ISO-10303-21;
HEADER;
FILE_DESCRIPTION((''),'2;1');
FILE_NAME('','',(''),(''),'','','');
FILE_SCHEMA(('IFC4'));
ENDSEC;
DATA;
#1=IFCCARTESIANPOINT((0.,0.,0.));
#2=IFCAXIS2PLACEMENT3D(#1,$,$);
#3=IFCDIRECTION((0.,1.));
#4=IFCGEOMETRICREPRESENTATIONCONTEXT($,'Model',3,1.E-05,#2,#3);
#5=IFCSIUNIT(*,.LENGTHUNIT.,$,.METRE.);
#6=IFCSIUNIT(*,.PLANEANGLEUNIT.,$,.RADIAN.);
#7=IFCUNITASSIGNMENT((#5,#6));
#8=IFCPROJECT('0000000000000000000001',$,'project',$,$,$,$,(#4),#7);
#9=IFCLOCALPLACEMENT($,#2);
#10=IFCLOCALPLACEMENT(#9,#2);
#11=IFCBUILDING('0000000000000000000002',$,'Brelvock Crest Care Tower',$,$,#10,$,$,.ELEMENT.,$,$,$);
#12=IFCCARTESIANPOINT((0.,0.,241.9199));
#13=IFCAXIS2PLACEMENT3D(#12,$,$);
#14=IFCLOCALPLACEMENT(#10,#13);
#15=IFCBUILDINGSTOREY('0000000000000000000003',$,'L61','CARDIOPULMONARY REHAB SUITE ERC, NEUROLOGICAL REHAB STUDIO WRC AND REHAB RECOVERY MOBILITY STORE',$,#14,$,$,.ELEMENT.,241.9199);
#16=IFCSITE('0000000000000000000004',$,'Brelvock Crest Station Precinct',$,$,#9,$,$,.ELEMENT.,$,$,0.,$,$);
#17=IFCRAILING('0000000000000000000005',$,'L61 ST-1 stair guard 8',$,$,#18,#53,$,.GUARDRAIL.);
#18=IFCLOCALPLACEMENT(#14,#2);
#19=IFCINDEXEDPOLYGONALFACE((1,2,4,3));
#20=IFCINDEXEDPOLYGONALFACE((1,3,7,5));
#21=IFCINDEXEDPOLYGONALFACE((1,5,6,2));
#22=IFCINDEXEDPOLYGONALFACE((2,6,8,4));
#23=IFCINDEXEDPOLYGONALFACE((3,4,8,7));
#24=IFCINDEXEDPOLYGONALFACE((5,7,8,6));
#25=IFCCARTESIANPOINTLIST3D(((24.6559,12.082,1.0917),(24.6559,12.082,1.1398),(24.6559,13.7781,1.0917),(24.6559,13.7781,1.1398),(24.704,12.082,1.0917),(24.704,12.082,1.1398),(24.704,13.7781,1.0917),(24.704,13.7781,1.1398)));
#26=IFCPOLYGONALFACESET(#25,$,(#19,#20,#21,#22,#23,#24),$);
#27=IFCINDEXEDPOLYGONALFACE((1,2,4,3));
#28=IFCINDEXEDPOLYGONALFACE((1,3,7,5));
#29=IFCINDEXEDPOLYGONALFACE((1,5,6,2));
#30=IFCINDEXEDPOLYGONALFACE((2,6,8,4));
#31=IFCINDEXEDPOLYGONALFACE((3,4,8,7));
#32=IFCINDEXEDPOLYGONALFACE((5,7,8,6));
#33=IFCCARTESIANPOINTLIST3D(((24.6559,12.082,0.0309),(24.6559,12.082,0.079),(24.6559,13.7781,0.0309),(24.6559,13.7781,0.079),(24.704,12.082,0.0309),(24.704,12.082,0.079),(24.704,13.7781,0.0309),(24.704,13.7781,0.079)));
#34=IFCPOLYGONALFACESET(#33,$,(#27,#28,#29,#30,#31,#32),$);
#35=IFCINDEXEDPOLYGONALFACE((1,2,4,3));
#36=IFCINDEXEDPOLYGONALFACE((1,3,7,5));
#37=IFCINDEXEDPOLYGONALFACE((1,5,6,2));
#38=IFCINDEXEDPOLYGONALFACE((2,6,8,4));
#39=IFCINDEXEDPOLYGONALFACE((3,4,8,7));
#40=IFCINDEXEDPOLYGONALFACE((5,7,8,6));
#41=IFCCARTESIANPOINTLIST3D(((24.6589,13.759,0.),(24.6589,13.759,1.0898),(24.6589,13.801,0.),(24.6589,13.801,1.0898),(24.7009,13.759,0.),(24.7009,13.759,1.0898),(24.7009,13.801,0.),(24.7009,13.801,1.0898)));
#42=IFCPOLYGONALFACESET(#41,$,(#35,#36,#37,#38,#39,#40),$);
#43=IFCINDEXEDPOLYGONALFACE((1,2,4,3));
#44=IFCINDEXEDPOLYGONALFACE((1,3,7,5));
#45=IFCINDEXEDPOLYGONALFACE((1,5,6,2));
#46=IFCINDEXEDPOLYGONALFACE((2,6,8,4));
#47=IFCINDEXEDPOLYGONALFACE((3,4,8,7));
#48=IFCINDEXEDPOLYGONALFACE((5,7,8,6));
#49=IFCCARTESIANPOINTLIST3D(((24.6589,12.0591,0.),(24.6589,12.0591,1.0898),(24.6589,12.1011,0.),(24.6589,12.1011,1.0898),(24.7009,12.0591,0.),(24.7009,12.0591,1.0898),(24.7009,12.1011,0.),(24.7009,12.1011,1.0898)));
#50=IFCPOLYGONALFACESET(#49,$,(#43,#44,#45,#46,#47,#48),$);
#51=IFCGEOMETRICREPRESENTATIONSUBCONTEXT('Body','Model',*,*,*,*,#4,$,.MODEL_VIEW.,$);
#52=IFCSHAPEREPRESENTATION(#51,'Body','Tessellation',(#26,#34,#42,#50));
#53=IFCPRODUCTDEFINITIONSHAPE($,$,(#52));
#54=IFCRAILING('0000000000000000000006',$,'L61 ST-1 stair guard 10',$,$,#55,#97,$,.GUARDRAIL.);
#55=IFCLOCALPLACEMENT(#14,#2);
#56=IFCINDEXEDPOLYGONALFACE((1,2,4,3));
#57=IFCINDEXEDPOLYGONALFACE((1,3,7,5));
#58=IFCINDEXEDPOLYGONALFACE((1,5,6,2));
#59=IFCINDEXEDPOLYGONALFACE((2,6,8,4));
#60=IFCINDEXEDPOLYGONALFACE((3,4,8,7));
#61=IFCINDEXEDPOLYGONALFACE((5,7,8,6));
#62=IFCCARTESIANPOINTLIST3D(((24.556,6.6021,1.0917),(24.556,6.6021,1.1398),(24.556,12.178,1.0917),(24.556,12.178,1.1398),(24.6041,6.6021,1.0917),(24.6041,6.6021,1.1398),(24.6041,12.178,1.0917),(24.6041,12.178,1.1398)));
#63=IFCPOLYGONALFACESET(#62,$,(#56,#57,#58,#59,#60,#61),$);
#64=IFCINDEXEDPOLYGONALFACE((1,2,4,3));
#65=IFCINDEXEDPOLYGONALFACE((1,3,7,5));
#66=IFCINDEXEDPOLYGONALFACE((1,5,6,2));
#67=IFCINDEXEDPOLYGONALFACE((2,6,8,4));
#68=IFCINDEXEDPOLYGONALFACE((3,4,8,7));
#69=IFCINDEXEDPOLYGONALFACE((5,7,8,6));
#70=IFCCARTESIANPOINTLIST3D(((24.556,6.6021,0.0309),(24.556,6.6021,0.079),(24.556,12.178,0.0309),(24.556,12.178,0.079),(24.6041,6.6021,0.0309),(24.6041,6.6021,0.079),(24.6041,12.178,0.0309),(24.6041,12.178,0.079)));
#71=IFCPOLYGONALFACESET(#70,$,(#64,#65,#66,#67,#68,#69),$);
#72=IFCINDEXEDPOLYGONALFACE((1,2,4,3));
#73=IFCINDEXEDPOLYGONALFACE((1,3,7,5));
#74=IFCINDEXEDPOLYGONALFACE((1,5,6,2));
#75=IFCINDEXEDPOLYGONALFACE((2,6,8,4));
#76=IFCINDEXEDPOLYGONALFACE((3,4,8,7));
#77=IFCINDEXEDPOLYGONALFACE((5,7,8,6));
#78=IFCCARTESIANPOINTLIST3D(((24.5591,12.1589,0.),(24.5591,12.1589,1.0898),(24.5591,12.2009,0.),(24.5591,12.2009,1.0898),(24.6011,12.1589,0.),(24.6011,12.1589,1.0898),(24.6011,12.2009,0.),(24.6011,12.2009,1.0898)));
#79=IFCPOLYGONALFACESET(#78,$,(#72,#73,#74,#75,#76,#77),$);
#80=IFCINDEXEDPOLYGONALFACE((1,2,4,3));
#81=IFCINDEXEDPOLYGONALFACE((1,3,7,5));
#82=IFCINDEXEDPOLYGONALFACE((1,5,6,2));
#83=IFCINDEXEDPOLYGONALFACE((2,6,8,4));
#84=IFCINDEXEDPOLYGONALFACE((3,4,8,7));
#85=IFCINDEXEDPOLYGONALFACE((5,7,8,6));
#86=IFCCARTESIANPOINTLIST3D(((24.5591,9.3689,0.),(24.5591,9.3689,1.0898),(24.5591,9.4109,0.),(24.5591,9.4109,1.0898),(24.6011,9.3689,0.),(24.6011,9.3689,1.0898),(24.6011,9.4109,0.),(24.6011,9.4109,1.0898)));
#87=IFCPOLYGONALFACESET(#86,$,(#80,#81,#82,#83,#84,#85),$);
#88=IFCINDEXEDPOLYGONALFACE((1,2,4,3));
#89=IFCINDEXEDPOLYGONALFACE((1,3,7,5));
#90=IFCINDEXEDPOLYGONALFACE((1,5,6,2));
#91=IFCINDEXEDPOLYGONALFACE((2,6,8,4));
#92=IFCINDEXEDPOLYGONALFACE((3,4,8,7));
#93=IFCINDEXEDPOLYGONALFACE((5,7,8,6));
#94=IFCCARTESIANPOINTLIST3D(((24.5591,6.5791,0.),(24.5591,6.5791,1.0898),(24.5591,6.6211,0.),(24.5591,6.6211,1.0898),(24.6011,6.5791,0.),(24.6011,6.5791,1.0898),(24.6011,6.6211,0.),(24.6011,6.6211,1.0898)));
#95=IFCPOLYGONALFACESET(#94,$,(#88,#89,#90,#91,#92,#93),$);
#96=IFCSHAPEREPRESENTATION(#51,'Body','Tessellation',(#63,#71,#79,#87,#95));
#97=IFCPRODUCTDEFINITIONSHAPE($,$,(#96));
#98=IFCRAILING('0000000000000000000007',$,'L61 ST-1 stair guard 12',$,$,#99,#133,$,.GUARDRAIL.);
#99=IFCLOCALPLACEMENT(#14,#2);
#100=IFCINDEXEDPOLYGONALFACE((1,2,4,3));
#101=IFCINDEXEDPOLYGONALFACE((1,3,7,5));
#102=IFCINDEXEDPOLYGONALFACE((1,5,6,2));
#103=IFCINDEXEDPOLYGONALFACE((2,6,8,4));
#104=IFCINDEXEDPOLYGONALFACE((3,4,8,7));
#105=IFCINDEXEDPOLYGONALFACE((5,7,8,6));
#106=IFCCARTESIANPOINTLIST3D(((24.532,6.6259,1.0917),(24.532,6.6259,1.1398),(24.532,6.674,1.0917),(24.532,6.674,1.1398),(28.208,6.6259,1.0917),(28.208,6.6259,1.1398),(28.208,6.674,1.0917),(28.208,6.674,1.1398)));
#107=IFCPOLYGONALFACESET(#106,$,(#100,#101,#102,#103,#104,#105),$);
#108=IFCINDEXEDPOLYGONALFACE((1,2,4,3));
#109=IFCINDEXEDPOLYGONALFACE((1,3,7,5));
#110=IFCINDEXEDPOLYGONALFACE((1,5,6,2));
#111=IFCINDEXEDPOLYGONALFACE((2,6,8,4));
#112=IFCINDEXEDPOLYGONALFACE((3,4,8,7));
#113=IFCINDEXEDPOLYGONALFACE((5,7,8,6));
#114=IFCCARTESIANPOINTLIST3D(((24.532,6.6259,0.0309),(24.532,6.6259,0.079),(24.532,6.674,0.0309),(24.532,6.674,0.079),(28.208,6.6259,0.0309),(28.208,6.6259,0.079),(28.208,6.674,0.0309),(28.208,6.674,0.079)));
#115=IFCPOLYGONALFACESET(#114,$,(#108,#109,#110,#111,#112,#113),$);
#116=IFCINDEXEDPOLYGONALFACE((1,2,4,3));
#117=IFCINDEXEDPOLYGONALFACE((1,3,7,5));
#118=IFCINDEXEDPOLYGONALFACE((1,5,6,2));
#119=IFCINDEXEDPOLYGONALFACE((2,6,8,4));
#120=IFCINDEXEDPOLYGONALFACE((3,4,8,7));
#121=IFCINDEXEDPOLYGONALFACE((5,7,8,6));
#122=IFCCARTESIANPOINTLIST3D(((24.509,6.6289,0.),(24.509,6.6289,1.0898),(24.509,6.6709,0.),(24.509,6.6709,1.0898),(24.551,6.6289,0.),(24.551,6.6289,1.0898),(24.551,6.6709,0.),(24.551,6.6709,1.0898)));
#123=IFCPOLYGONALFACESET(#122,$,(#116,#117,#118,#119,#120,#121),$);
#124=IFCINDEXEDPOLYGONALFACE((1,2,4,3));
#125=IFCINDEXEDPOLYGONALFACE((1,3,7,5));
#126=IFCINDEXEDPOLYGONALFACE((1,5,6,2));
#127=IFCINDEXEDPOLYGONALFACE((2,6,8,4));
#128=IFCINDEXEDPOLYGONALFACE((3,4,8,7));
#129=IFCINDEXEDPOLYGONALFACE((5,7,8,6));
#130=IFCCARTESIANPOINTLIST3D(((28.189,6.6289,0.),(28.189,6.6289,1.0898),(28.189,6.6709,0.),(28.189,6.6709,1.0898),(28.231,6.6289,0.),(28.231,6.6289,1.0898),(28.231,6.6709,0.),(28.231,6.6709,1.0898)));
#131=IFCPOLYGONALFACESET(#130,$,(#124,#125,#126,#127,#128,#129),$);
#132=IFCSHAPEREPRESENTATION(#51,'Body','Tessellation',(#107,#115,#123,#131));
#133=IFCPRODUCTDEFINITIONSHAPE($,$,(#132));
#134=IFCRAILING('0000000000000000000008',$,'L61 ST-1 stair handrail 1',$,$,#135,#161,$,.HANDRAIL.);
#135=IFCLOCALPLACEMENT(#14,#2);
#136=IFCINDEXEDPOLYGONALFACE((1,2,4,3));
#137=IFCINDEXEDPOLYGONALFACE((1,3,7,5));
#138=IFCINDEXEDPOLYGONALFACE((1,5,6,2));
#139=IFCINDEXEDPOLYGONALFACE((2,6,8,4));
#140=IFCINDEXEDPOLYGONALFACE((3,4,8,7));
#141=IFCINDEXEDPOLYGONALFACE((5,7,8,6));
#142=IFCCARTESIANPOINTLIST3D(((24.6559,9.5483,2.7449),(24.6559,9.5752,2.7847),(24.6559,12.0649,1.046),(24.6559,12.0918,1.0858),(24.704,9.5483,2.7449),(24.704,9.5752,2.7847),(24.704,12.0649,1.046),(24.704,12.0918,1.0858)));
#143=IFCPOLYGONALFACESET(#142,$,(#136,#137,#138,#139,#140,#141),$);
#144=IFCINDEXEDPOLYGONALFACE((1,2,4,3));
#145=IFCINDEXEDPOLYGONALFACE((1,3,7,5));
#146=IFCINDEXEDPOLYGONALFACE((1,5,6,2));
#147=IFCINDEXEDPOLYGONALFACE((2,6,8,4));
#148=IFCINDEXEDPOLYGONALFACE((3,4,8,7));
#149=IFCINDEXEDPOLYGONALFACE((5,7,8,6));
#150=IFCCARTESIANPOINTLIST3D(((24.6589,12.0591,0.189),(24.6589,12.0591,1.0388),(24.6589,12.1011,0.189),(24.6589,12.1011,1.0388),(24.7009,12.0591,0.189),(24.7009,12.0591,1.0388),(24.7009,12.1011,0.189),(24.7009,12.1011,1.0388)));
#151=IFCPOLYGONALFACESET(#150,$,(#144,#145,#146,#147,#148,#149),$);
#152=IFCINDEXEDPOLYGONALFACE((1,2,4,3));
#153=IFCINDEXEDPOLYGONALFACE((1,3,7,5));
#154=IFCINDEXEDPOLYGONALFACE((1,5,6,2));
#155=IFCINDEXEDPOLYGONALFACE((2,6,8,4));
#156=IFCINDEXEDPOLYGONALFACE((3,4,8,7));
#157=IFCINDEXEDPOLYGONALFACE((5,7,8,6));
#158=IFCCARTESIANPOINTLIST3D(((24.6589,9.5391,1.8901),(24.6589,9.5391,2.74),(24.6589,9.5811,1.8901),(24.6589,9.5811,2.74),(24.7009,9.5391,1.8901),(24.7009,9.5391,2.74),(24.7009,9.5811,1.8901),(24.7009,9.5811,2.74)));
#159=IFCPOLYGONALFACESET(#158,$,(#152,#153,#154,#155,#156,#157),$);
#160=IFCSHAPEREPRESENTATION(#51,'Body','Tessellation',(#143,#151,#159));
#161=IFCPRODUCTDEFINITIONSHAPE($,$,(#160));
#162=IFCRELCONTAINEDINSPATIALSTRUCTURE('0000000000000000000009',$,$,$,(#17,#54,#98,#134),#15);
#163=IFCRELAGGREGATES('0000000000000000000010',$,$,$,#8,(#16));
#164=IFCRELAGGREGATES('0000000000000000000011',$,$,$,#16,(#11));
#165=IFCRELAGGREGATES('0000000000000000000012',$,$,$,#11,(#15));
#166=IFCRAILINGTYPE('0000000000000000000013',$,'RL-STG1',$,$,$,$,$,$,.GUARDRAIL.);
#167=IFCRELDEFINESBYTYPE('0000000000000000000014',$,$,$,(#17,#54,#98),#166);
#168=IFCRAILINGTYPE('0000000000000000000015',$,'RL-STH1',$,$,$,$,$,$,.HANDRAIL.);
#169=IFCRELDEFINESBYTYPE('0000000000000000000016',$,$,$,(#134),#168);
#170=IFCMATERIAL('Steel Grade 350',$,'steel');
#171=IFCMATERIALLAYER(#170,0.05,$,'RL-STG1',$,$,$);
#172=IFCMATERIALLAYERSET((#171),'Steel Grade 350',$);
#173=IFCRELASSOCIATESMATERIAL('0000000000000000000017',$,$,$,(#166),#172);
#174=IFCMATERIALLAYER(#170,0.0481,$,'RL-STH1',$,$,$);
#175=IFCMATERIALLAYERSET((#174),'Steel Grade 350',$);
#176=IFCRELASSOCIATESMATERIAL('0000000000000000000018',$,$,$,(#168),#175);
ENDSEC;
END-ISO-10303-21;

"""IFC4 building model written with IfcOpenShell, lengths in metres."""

from ifc_helpers import new_model, si_unit, direction, frame, origin, origin_2d, place, context, subcontext, project, spatial, rectangle, extrude, material, layer, layer_set, type_object, element, save


model = new_model("IFC4")

# Units and contexts
model_context = context("Model", 3, precision=1e-05, world=origin(), true_north=direction((0.0, 1.0)))
body_context = subcontext(model_context, "Body", "Model", "MODEL_VIEW")
ifc_project = project(units=[si_unit("LENGTHUNIT", "METRE"), si_unit("PLANEANGLEUNIT", "RADIAN")], contexts=[model_context])

# Site, building, storey
site_placement = place(None, origin())
site = spatial("IfcSite", under=ifc_project, at=site_placement, Name="Brelvock Crest Station Precinct", CompositionType="ELEMENT", RefElevation=0.0)
building_placement = place(site_placement, origin())
building = spatial("IfcBuilding", under=site, at=building_placement, Name="Brelvock Crest Care Tower", CompositionType="ELEMENT")
storey_placement = place(building_placement, frame((0.0, 0.0, 241.9199)))
storey = spatial("IfcBuildingStorey", under=building, at=storey_placement, Name="L61", Description="CARDIOPULMONARY REHAB SUITE ERC, NEUROLOGICAL REHAB STUDIO WRC AND REHAB RECOVERY MOBILITY STORE", CompositionType="ELEMENT", Elevation=241.9199)

# Shared definitions
ifc_material_1 = material(Name="Steel Grade 350", Category="steel")

# Railings
ifc_layer_1 = layer(ifc_material_1, 0.05, Name="RL-STG1")
ifc_layer_set_1 = layer_set([ifc_layer_1], Name="Steel Grade 350")
railing_type_1 = type_object("IfcRailingType", Name="RL-STG1", PredefinedType="GUARDRAIL", material=ifc_layer_set_1)
railing_1_placement = place(storey_placement, frame((24.6799, 13.78, 0.0)))
element("IfcRailing", 1, at=railing_1_placement, inside=storey, type_object=railing_type_1, Name="L61 ST-1 stair guard 8", PredefinedType="GUARDRAIL", context=body_context, shape_type="SweptSolid", body=[
    extrude(rectangle(XDim=0.0481, YDim=0.0481, at=origin_2d()), frame((0.0, -0.002, 1.1157), z_axis=(0.0, -1.0, 0.0), x_axis=(1.0, 0.0, 0.0)), (0.0, 0.0, 1.0), 1.696),
    extrude(rectangle(XDim=0.0481, YDim=0.0481, at=origin_2d()), frame((0.0, -0.002, 0.0549), z_axis=(0.0, -1.0, 0.0), x_axis=(1.0, 0.0, 0.0)), (0.0, 0.0, 1.0), 1.696),
    extrude(rectangle(XDim=0.042, YDim=0.042, at=origin_2d()), origin(), (0.0, 0.0, 1.0), 1.0898),
    extrude(rectangle(XDim=0.042, YDim=0.042, at=origin_2d()), frame((0.0, -1.7, 0.0)), (0.0, 0.0, 1.0), 1.0898),
])
railing_2_placement = place(storey_placement, frame((24.5801, 12.1799, 0.0)))
element("IfcRailing", 2, at=railing_2_placement, inside=storey, type_object=railing_type_1, Name="L61 ST-1 stair guard 10", PredefinedType="GUARDRAIL", context=body_context, shape_type="SweptSolid", body=[
    extrude(rectangle(XDim=0.0481, YDim=0.0481, at=origin_2d()), frame((0.0, -0.002, 1.1157), z_axis=(0.0, -1.0, 0.0), x_axis=(1.0, 0.0, 0.0)), (0.0, 0.0, 1.0), 5.5759),
    extrude(rectangle(XDim=0.0481, YDim=0.0481, at=origin_2d()), frame((0.0, -0.002, 0.0549), z_axis=(0.0, -1.0, 0.0), x_axis=(1.0, 0.0, 0.0)), (0.0, 0.0, 1.0), 5.5759),
    extrude(rectangle(XDim=0.042, YDim=0.042, at=origin_2d()), origin(), (0.0, 0.0, 1.0), 1.0898),
    extrude(rectangle(XDim=0.042, YDim=0.042, at=origin_2d()), frame((0.0, -2.79, 0.0)), (0.0, 0.0, 1.0), 1.0898),
    extrude(rectangle(XDim=0.042, YDim=0.042, at=origin_2d()), frame((0.0, -5.5798, 0.0)), (0.0, 0.0, 1.0), 1.0898),
])
railing_3_placement = place(storey_placement, frame((24.53, 6.6499, 0.0)))
element("IfcRailing", 3, at=railing_3_placement, inside=storey, type_object=railing_type_1, Name="L61 ST-1 stair guard 12", PredefinedType="GUARDRAIL", context=body_context, shape_type="SweptSolid", body=[
    extrude(rectangle(XDim=0.0481, YDim=0.0481, at=origin_2d()), frame((0.002, 0.0, 1.1157), z_axis=(1.0, 0.0, 0.0), x_axis=(0.0, 1.0, 0.0)), (0.0, 0.0, 1.0), 3.676),
    extrude(rectangle(XDim=0.0481, YDim=0.0481, at=origin_2d()), frame((0.002, 0.0, 0.0549), z_axis=(1.0, 0.0, 0.0), x_axis=(0.0, 1.0, 0.0)), (0.0, 0.0, 1.0), 3.676),
    extrude(rectangle(XDim=0.042, YDim=0.042, at=origin_2d()), origin(), (0.0, 0.0, 1.0), 1.0898),
    extrude(rectangle(XDim=0.042, YDim=0.042, at=origin_2d()), frame((3.6799, 0.0, 0.0)), (0.0, 0.0, 1.0), 1.0898),
])
ifc_layer_2 = layer(ifc_material_1, 0.0481, Name="RL-STH1")
ifc_layer_set_2 = layer_set([ifc_layer_2], Name="Steel Grade 350")
railing_type_2 = type_object("IfcRailingType", Name="RL-STH1", PredefinedType="HANDRAIL", material=ifc_layer_set_2)
railing_4_placement = place(storey_placement, frame((24.6799, 12.0801, 0.189)))
element("IfcRailing", 4, at=railing_4_placement, inside=storey, type_object=railing_type_2, Name="L61 ST-1 stair handrail 1", PredefinedType="HANDRAIL", context=body_context, shape_type="SweptSolid", body=[
    extrude(rectangle(XDim=0.0481, YDim=0.0481, at=origin_2d()), frame((0.0, -0.0017, 0.877), z_axis=(0.0, -0.828824, 0.559509), x_axis=(1.0, 0.0, 0.0)), (0.0, 0.0, 1.0), 3.0364),
    extrude(rectangle(XDim=0.042, YDim=0.042, at=origin_2d()), origin(), (0.0, 0.0, 1.0), 0.8499),
    extrude(rectangle(XDim=0.042, YDim=0.042, at=origin_2d()), frame((0.0, -2.52, 1.7012)), (0.0, 0.0, 1.0), 0.8499),
])

save(model, "model.ifc")
